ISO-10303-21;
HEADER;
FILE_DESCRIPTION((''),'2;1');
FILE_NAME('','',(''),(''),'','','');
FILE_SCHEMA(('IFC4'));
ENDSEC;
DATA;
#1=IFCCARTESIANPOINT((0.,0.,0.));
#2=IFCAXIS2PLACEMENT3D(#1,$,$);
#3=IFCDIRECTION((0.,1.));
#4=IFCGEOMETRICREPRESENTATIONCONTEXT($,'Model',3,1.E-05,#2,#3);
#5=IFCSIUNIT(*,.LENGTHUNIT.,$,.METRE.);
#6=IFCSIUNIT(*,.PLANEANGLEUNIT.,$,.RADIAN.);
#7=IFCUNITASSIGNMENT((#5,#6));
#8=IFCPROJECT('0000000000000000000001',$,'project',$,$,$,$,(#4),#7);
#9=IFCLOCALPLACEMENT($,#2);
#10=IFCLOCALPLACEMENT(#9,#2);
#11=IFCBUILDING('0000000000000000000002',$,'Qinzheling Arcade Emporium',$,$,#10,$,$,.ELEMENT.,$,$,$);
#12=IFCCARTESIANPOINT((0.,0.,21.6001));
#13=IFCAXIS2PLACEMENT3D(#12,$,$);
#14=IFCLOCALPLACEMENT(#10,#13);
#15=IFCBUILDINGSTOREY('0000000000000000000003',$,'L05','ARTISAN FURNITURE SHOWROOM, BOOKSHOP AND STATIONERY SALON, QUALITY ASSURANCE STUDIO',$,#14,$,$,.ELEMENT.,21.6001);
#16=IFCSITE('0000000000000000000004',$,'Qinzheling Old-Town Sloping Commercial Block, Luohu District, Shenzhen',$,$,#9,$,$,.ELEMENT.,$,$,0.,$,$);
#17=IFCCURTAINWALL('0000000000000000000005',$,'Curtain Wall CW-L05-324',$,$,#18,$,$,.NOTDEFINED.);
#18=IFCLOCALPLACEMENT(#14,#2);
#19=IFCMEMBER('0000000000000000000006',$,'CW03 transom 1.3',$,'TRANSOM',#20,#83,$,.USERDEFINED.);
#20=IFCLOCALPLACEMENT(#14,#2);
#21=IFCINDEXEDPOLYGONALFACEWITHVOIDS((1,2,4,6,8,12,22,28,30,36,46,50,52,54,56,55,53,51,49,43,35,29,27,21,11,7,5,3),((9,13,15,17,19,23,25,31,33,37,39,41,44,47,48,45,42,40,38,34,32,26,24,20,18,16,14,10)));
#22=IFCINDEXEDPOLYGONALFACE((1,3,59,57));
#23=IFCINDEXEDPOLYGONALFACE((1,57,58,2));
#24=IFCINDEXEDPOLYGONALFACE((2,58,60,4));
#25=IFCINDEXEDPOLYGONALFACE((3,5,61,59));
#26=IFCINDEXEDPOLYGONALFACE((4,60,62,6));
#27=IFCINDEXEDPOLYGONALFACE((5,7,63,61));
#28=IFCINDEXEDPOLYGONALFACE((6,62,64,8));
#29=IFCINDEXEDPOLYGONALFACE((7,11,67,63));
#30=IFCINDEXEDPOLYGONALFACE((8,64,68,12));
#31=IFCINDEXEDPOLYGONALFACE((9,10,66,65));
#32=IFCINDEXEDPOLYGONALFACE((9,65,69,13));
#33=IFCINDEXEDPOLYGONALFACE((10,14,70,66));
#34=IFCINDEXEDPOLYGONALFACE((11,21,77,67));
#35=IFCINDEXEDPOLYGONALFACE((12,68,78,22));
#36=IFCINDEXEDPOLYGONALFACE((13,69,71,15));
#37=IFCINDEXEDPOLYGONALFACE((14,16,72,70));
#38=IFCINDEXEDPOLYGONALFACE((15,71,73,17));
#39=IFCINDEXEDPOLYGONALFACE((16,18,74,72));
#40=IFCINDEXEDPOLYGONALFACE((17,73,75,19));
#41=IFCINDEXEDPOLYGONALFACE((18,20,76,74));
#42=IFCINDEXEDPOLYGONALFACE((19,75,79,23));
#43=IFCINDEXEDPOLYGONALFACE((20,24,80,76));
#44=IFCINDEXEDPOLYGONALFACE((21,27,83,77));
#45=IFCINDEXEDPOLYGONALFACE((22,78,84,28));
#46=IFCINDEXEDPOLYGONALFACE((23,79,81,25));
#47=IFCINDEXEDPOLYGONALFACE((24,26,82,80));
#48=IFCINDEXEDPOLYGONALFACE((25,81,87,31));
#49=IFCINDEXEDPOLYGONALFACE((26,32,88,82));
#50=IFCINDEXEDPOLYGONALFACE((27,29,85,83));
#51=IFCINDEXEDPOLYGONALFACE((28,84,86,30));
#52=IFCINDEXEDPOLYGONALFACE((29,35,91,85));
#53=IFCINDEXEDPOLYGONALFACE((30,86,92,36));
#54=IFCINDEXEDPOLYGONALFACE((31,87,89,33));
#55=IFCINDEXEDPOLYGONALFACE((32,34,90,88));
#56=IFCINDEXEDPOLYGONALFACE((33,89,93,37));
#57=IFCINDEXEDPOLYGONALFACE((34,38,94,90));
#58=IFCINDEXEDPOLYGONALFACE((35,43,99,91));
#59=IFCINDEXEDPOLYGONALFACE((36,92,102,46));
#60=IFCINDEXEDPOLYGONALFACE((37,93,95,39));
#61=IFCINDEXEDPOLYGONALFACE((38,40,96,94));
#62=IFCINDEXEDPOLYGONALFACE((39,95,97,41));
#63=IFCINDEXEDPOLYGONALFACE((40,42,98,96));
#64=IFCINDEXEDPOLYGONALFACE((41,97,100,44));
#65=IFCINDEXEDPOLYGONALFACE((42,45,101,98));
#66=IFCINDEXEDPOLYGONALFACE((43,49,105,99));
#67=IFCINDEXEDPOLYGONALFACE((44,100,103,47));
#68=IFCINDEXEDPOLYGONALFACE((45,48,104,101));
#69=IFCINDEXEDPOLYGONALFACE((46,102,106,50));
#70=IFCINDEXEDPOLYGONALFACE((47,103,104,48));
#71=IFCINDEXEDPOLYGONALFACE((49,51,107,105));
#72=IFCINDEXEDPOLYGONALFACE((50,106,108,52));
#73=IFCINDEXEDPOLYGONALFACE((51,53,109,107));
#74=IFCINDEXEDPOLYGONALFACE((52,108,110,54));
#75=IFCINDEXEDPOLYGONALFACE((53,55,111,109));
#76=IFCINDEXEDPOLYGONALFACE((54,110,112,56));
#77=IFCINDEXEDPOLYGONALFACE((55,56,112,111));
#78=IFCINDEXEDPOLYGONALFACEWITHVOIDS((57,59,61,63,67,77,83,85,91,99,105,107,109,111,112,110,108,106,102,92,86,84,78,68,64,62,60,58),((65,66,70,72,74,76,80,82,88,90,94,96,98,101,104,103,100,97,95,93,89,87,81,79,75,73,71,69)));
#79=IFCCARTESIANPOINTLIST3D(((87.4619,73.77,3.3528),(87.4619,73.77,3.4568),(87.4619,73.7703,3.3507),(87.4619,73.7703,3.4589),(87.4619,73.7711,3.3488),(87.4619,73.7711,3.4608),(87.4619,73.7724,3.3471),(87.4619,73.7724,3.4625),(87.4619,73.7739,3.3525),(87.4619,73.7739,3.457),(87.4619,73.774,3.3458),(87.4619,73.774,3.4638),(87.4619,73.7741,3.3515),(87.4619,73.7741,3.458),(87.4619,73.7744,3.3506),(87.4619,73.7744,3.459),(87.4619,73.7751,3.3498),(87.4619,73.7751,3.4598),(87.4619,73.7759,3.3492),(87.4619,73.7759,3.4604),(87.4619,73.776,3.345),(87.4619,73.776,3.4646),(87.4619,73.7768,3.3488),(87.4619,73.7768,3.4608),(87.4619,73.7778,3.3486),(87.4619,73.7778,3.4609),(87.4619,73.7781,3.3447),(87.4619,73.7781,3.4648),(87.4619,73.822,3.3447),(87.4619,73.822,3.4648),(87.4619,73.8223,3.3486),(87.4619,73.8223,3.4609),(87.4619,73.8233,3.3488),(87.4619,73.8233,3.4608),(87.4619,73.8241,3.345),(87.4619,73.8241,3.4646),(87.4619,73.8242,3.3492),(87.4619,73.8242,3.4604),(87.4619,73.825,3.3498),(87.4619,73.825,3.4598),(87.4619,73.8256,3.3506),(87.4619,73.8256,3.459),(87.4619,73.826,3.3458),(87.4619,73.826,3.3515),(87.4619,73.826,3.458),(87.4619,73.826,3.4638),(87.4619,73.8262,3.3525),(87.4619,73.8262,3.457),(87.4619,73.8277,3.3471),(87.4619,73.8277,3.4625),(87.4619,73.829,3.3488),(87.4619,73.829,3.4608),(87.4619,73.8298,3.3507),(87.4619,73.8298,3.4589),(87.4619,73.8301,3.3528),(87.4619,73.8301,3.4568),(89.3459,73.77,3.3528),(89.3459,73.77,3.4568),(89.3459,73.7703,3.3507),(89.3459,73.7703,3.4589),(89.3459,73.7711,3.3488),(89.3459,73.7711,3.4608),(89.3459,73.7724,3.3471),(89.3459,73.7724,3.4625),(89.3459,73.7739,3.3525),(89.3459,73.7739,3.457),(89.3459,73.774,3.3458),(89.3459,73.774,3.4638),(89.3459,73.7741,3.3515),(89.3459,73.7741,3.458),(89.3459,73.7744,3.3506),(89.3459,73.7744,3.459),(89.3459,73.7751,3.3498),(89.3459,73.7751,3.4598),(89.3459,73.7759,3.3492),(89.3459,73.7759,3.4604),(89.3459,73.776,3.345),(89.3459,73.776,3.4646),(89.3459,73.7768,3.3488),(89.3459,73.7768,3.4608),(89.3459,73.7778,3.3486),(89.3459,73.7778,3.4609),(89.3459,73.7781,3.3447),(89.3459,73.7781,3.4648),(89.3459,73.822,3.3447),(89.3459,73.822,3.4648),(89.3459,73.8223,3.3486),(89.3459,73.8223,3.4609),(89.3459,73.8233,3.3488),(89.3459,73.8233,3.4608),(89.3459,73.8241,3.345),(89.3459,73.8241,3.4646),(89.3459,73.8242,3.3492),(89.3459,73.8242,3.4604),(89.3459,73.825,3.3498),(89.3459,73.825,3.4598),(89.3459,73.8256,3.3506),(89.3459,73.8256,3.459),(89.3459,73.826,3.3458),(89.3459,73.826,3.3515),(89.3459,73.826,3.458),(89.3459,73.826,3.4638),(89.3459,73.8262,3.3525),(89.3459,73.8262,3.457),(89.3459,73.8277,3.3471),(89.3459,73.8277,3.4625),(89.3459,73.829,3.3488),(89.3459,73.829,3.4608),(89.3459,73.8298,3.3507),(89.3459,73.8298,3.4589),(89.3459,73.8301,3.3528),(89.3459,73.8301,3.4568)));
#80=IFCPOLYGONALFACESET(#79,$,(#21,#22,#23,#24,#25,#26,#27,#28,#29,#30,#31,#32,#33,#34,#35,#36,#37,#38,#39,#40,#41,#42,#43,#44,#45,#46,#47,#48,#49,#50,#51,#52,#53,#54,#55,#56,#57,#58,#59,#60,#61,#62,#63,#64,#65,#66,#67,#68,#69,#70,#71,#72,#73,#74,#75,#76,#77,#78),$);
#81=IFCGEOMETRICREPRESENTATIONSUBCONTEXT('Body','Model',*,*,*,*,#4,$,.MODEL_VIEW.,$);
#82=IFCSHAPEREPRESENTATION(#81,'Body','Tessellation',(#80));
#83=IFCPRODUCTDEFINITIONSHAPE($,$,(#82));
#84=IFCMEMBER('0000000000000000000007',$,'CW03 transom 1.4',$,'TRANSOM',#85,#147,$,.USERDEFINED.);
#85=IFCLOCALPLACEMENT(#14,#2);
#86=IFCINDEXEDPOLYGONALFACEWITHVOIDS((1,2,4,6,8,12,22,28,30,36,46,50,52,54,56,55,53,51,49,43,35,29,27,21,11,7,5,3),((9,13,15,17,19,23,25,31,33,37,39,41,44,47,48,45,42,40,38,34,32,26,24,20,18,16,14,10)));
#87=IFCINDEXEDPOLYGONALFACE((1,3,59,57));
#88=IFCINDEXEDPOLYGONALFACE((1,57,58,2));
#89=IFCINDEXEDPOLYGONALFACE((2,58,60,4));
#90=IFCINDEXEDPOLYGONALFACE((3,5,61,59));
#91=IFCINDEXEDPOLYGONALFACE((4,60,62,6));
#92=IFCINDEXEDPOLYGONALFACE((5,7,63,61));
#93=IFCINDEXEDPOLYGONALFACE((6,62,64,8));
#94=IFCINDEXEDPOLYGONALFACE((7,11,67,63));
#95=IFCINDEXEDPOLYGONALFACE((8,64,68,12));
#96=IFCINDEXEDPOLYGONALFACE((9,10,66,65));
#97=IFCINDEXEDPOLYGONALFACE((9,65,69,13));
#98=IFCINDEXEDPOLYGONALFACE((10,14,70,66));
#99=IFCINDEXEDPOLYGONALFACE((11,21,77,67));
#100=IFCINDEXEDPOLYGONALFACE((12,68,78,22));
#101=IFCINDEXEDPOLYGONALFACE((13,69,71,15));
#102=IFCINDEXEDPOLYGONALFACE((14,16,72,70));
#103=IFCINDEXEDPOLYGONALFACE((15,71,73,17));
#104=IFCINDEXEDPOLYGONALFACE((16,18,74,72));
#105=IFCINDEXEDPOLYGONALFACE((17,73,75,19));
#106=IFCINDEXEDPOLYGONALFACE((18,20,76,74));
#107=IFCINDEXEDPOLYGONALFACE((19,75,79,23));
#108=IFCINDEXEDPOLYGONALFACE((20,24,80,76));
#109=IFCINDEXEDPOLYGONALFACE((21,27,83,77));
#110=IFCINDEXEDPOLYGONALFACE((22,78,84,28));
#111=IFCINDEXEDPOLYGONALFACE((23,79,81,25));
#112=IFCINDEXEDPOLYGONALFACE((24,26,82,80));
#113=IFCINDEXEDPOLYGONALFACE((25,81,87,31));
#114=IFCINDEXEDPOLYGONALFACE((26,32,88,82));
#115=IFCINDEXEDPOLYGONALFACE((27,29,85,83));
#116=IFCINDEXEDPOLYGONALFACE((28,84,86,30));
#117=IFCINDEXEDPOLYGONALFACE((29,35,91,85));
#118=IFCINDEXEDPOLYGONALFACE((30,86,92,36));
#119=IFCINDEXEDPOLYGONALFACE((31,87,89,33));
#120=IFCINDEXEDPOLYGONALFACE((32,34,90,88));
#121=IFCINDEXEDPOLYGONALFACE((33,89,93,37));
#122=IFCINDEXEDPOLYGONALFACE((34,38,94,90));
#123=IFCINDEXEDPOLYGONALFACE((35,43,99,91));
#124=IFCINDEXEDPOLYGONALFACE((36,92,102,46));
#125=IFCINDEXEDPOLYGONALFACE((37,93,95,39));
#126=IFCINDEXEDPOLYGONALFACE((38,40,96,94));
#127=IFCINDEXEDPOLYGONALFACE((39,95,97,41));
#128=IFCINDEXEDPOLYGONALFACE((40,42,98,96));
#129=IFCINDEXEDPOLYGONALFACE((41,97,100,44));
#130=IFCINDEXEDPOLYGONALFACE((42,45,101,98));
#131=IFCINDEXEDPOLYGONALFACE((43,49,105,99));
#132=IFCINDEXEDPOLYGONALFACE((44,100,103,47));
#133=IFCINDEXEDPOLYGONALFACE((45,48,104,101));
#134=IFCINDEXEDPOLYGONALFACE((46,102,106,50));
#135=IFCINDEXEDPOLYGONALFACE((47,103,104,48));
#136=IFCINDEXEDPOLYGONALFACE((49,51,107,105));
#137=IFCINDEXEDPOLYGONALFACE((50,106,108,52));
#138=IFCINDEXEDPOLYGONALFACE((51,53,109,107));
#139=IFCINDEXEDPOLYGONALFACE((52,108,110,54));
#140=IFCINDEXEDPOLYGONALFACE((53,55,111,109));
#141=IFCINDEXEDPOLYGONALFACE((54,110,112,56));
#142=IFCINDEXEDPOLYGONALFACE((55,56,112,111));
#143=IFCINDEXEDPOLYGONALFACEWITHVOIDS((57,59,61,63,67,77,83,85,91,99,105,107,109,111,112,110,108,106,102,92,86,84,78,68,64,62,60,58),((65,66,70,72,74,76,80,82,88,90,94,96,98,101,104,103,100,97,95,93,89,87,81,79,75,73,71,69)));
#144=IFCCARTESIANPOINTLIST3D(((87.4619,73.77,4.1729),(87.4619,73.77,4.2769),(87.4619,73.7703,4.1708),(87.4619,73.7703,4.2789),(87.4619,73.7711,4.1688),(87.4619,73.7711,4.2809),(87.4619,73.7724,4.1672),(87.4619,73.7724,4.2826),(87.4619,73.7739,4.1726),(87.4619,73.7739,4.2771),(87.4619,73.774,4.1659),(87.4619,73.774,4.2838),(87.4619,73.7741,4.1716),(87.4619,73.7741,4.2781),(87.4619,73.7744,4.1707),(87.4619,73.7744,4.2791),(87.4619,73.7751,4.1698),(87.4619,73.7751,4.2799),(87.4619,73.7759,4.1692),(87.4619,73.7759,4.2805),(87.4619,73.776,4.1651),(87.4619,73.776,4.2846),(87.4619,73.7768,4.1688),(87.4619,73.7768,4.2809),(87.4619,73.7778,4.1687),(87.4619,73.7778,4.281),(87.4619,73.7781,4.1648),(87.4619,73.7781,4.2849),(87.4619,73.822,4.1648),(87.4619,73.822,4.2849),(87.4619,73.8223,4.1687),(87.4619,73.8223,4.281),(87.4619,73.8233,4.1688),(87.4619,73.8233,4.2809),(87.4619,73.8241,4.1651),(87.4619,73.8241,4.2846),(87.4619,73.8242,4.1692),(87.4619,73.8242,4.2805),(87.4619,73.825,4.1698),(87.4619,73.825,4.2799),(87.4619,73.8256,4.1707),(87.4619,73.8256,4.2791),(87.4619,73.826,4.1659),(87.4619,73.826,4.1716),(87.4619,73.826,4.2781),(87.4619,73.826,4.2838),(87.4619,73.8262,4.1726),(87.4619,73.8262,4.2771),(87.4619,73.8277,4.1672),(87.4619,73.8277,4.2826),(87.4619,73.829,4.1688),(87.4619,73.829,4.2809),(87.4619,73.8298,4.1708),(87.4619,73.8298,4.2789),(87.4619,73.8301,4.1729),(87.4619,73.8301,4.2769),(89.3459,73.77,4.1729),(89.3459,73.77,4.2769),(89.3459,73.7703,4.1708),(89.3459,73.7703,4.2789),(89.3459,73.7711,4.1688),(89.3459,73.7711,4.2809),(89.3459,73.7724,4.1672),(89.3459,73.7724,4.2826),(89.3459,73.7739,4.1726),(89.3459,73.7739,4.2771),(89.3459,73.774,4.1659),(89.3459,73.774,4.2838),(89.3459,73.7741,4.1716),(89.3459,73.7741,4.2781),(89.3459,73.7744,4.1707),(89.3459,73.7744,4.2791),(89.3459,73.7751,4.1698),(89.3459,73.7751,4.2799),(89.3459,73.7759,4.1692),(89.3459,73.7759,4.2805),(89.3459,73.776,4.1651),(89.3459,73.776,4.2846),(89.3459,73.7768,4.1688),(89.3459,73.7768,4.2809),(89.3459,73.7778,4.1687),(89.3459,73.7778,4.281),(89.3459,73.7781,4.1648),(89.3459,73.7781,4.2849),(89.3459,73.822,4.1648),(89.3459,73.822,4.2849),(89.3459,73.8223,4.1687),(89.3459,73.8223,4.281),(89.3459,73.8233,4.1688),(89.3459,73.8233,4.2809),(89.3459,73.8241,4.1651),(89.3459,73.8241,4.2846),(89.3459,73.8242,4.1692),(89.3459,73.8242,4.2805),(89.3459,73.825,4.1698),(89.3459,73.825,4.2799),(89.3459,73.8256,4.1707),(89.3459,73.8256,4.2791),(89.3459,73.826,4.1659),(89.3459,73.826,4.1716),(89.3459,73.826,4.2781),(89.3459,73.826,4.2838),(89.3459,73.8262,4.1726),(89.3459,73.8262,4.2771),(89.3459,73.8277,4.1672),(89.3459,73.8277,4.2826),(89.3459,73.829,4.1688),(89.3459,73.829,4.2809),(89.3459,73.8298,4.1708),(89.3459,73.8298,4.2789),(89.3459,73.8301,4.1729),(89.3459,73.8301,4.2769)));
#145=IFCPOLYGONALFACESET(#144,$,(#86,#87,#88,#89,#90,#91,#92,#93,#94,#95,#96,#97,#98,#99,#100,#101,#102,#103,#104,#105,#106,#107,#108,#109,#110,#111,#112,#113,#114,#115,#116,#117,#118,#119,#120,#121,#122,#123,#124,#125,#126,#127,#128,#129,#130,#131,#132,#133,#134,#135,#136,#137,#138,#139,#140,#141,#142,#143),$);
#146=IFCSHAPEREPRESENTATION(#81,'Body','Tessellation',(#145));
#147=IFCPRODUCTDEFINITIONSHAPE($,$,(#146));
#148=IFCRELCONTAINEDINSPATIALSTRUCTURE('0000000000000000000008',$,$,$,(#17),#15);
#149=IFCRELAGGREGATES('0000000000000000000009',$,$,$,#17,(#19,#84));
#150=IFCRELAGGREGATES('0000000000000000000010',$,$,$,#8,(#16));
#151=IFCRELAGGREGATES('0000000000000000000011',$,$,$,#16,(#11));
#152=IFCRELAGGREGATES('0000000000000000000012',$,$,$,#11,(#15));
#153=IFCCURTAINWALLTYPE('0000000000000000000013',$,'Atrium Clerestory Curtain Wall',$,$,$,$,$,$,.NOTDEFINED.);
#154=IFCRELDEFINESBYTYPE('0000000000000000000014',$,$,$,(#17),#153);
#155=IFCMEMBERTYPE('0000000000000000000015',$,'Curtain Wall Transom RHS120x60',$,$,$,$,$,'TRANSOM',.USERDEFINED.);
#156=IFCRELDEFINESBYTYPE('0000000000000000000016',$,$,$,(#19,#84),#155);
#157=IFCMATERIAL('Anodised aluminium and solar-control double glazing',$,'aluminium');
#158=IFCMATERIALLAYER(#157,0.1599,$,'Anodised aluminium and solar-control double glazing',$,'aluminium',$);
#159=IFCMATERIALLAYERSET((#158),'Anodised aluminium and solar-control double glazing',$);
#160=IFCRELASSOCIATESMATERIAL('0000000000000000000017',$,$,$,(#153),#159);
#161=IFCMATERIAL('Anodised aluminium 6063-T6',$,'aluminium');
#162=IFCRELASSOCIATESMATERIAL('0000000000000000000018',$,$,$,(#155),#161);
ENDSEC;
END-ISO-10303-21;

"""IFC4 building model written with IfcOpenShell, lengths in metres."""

from ifc_helpers import new_model, si_unit, direction, frame, origin, origin_2d, place, context, subcontext, project, spatial, hollow_rectangle, extrude, material, layer, layer_set, material_profile, profile_set, type_object, element, aggregate, save


model = new_model("IFC4")

# Units and contexts
model_context = context("Model", 3, precision=1e-05, world=origin(), true_north=direction((0.0, 1.0)))
body_context = subcontext(model_context, "Body", "Model", "MODEL_VIEW")
ifc_project = project(units=[si_unit("LENGTHUNIT", "METRE"), si_unit("PLANEANGLEUNIT", "RADIAN")], contexts=[model_context])

# Site, building, storey
site_placement = place(None, origin())
site = spatial("IfcSite", under=ifc_project, at=site_placement, Name="Qinzheling Old-Town Sloping Commercial Block, Luohu District, Shenzhen", CompositionType="ELEMENT", RefElevation=0.0)
building_placement = place(site_placement, origin())
building = spatial("IfcBuilding", under=site, at=building_placement, Name="Qinzheling Arcade Emporium", CompositionType="ELEMENT")
storey_placement = place(building_placement, frame((0.0, 0.0, 21.6001)))
storey = spatial("IfcBuildingStorey", under=building, at=storey_placement, Name="L05", Description="ARTISAN FURNITURE SHOWROOM, BOOKSHOP AND STATIONERY SALON, QUALITY ASSURANCE STUDIO", CompositionType="ELEMENT", Elevation=21.6001)

# Curtain wall
ifc_material_1 = material(Name="Anodised aluminium and solar-control double glazing", Category="aluminium")
ifc_layer_1 = layer(ifc_material_1, 0.1599, Name="Anodised aluminium and solar-control double glazing", Category="aluminium")
ifc_layer_set_1 = layer_set([ifc_layer_1], Name="Anodised aluminium and solar-control double glazing")
curtain_wall_type = type_object("IfcCurtainWallType", Name="Atrium Clerestory Curtain Wall", PredefinedType="NOTDEFINED", material=ifc_layer_set_1)
ifc_material_2 = material(Name="Anodised aluminium 6063-T6", Category="aluminium")
curtain_wall_1_placement = place(storey_placement, origin())
curtain_wall_1 = element("IfcCurtainWall", 1, at=curtain_wall_1_placement, inside=storey, type_object=curtain_wall_type, Name="Curtain Wall CW-L05-324", PredefinedType="NOTDEFINED")

# Members
ifc_material_profile_1 = material_profile(ifc_material_2, hollow_rectangle(XDim=0.0601, YDim=0.1201, WallThickness=0.0039, InnerFilletRadius=0.0039, OuterFilletRadius=0.0081, at=origin_2d()), Name="RHS 120x60x4", Category="aluminium")
ifc_profile_set_1 = profile_set([ifc_material_profile_1], Name="Anodised aluminium 6063-T6")
member_type_1 = type_object("IfcMemberType", Name="Curtain Wall Transom RHS120x60", ElementType="TRANSOM", PredefinedType="USERDEFINED", material=ifc_profile_set_1)
member_1_placement = place(storey_placement, frame((87.4619, 73.8, 3.4048), z_axis=(1.0, 0.0, 0.0), x_axis=(0.0, 1.0, 0.0)))
member_1 = element("IfcMember", 2, at=member_1_placement, type_object=member_type_1, Name="CW03 transom 1.3", ObjectType="TRANSOM", PredefinedType="USERDEFINED", context=body_context, shape_type="SweptSolid", body=[
    extrude(hollow_rectangle(XDim=0.0601, YDim=0.1201, WallThickness=0.0039, InnerFilletRadius=0.0039, OuterFilletRadius=0.0081, at=origin_2d()), origin(), (0.0, 0.0, 1.0), 1.884),
])
member_2_placement = place(storey_placement, frame((87.4619, 73.8, 4.2249), z_axis=(1.0, 0.0, 0.0), x_axis=(0.0, 1.0, 0.0)))
member_2 = element("IfcMember", 3, at=member_2_placement, type_object=member_type_1, Name="CW03 transom 1.4", ObjectType="TRANSOM", PredefinedType="USERDEFINED", context=body_context, shape_type="SweptSolid", body=[
    extrude(hollow_rectangle(XDim=0.0601, YDim=0.1201, WallThickness=0.0039, InnerFilletRadius=0.0039, OuterFilletRadius=0.0081, at=origin_2d()), origin(), (0.0, 0.0, 1.0), 1.884),
])

aggregate(curtain_wall_1, [member_1, member_2])

save(model, "model.ifc")
